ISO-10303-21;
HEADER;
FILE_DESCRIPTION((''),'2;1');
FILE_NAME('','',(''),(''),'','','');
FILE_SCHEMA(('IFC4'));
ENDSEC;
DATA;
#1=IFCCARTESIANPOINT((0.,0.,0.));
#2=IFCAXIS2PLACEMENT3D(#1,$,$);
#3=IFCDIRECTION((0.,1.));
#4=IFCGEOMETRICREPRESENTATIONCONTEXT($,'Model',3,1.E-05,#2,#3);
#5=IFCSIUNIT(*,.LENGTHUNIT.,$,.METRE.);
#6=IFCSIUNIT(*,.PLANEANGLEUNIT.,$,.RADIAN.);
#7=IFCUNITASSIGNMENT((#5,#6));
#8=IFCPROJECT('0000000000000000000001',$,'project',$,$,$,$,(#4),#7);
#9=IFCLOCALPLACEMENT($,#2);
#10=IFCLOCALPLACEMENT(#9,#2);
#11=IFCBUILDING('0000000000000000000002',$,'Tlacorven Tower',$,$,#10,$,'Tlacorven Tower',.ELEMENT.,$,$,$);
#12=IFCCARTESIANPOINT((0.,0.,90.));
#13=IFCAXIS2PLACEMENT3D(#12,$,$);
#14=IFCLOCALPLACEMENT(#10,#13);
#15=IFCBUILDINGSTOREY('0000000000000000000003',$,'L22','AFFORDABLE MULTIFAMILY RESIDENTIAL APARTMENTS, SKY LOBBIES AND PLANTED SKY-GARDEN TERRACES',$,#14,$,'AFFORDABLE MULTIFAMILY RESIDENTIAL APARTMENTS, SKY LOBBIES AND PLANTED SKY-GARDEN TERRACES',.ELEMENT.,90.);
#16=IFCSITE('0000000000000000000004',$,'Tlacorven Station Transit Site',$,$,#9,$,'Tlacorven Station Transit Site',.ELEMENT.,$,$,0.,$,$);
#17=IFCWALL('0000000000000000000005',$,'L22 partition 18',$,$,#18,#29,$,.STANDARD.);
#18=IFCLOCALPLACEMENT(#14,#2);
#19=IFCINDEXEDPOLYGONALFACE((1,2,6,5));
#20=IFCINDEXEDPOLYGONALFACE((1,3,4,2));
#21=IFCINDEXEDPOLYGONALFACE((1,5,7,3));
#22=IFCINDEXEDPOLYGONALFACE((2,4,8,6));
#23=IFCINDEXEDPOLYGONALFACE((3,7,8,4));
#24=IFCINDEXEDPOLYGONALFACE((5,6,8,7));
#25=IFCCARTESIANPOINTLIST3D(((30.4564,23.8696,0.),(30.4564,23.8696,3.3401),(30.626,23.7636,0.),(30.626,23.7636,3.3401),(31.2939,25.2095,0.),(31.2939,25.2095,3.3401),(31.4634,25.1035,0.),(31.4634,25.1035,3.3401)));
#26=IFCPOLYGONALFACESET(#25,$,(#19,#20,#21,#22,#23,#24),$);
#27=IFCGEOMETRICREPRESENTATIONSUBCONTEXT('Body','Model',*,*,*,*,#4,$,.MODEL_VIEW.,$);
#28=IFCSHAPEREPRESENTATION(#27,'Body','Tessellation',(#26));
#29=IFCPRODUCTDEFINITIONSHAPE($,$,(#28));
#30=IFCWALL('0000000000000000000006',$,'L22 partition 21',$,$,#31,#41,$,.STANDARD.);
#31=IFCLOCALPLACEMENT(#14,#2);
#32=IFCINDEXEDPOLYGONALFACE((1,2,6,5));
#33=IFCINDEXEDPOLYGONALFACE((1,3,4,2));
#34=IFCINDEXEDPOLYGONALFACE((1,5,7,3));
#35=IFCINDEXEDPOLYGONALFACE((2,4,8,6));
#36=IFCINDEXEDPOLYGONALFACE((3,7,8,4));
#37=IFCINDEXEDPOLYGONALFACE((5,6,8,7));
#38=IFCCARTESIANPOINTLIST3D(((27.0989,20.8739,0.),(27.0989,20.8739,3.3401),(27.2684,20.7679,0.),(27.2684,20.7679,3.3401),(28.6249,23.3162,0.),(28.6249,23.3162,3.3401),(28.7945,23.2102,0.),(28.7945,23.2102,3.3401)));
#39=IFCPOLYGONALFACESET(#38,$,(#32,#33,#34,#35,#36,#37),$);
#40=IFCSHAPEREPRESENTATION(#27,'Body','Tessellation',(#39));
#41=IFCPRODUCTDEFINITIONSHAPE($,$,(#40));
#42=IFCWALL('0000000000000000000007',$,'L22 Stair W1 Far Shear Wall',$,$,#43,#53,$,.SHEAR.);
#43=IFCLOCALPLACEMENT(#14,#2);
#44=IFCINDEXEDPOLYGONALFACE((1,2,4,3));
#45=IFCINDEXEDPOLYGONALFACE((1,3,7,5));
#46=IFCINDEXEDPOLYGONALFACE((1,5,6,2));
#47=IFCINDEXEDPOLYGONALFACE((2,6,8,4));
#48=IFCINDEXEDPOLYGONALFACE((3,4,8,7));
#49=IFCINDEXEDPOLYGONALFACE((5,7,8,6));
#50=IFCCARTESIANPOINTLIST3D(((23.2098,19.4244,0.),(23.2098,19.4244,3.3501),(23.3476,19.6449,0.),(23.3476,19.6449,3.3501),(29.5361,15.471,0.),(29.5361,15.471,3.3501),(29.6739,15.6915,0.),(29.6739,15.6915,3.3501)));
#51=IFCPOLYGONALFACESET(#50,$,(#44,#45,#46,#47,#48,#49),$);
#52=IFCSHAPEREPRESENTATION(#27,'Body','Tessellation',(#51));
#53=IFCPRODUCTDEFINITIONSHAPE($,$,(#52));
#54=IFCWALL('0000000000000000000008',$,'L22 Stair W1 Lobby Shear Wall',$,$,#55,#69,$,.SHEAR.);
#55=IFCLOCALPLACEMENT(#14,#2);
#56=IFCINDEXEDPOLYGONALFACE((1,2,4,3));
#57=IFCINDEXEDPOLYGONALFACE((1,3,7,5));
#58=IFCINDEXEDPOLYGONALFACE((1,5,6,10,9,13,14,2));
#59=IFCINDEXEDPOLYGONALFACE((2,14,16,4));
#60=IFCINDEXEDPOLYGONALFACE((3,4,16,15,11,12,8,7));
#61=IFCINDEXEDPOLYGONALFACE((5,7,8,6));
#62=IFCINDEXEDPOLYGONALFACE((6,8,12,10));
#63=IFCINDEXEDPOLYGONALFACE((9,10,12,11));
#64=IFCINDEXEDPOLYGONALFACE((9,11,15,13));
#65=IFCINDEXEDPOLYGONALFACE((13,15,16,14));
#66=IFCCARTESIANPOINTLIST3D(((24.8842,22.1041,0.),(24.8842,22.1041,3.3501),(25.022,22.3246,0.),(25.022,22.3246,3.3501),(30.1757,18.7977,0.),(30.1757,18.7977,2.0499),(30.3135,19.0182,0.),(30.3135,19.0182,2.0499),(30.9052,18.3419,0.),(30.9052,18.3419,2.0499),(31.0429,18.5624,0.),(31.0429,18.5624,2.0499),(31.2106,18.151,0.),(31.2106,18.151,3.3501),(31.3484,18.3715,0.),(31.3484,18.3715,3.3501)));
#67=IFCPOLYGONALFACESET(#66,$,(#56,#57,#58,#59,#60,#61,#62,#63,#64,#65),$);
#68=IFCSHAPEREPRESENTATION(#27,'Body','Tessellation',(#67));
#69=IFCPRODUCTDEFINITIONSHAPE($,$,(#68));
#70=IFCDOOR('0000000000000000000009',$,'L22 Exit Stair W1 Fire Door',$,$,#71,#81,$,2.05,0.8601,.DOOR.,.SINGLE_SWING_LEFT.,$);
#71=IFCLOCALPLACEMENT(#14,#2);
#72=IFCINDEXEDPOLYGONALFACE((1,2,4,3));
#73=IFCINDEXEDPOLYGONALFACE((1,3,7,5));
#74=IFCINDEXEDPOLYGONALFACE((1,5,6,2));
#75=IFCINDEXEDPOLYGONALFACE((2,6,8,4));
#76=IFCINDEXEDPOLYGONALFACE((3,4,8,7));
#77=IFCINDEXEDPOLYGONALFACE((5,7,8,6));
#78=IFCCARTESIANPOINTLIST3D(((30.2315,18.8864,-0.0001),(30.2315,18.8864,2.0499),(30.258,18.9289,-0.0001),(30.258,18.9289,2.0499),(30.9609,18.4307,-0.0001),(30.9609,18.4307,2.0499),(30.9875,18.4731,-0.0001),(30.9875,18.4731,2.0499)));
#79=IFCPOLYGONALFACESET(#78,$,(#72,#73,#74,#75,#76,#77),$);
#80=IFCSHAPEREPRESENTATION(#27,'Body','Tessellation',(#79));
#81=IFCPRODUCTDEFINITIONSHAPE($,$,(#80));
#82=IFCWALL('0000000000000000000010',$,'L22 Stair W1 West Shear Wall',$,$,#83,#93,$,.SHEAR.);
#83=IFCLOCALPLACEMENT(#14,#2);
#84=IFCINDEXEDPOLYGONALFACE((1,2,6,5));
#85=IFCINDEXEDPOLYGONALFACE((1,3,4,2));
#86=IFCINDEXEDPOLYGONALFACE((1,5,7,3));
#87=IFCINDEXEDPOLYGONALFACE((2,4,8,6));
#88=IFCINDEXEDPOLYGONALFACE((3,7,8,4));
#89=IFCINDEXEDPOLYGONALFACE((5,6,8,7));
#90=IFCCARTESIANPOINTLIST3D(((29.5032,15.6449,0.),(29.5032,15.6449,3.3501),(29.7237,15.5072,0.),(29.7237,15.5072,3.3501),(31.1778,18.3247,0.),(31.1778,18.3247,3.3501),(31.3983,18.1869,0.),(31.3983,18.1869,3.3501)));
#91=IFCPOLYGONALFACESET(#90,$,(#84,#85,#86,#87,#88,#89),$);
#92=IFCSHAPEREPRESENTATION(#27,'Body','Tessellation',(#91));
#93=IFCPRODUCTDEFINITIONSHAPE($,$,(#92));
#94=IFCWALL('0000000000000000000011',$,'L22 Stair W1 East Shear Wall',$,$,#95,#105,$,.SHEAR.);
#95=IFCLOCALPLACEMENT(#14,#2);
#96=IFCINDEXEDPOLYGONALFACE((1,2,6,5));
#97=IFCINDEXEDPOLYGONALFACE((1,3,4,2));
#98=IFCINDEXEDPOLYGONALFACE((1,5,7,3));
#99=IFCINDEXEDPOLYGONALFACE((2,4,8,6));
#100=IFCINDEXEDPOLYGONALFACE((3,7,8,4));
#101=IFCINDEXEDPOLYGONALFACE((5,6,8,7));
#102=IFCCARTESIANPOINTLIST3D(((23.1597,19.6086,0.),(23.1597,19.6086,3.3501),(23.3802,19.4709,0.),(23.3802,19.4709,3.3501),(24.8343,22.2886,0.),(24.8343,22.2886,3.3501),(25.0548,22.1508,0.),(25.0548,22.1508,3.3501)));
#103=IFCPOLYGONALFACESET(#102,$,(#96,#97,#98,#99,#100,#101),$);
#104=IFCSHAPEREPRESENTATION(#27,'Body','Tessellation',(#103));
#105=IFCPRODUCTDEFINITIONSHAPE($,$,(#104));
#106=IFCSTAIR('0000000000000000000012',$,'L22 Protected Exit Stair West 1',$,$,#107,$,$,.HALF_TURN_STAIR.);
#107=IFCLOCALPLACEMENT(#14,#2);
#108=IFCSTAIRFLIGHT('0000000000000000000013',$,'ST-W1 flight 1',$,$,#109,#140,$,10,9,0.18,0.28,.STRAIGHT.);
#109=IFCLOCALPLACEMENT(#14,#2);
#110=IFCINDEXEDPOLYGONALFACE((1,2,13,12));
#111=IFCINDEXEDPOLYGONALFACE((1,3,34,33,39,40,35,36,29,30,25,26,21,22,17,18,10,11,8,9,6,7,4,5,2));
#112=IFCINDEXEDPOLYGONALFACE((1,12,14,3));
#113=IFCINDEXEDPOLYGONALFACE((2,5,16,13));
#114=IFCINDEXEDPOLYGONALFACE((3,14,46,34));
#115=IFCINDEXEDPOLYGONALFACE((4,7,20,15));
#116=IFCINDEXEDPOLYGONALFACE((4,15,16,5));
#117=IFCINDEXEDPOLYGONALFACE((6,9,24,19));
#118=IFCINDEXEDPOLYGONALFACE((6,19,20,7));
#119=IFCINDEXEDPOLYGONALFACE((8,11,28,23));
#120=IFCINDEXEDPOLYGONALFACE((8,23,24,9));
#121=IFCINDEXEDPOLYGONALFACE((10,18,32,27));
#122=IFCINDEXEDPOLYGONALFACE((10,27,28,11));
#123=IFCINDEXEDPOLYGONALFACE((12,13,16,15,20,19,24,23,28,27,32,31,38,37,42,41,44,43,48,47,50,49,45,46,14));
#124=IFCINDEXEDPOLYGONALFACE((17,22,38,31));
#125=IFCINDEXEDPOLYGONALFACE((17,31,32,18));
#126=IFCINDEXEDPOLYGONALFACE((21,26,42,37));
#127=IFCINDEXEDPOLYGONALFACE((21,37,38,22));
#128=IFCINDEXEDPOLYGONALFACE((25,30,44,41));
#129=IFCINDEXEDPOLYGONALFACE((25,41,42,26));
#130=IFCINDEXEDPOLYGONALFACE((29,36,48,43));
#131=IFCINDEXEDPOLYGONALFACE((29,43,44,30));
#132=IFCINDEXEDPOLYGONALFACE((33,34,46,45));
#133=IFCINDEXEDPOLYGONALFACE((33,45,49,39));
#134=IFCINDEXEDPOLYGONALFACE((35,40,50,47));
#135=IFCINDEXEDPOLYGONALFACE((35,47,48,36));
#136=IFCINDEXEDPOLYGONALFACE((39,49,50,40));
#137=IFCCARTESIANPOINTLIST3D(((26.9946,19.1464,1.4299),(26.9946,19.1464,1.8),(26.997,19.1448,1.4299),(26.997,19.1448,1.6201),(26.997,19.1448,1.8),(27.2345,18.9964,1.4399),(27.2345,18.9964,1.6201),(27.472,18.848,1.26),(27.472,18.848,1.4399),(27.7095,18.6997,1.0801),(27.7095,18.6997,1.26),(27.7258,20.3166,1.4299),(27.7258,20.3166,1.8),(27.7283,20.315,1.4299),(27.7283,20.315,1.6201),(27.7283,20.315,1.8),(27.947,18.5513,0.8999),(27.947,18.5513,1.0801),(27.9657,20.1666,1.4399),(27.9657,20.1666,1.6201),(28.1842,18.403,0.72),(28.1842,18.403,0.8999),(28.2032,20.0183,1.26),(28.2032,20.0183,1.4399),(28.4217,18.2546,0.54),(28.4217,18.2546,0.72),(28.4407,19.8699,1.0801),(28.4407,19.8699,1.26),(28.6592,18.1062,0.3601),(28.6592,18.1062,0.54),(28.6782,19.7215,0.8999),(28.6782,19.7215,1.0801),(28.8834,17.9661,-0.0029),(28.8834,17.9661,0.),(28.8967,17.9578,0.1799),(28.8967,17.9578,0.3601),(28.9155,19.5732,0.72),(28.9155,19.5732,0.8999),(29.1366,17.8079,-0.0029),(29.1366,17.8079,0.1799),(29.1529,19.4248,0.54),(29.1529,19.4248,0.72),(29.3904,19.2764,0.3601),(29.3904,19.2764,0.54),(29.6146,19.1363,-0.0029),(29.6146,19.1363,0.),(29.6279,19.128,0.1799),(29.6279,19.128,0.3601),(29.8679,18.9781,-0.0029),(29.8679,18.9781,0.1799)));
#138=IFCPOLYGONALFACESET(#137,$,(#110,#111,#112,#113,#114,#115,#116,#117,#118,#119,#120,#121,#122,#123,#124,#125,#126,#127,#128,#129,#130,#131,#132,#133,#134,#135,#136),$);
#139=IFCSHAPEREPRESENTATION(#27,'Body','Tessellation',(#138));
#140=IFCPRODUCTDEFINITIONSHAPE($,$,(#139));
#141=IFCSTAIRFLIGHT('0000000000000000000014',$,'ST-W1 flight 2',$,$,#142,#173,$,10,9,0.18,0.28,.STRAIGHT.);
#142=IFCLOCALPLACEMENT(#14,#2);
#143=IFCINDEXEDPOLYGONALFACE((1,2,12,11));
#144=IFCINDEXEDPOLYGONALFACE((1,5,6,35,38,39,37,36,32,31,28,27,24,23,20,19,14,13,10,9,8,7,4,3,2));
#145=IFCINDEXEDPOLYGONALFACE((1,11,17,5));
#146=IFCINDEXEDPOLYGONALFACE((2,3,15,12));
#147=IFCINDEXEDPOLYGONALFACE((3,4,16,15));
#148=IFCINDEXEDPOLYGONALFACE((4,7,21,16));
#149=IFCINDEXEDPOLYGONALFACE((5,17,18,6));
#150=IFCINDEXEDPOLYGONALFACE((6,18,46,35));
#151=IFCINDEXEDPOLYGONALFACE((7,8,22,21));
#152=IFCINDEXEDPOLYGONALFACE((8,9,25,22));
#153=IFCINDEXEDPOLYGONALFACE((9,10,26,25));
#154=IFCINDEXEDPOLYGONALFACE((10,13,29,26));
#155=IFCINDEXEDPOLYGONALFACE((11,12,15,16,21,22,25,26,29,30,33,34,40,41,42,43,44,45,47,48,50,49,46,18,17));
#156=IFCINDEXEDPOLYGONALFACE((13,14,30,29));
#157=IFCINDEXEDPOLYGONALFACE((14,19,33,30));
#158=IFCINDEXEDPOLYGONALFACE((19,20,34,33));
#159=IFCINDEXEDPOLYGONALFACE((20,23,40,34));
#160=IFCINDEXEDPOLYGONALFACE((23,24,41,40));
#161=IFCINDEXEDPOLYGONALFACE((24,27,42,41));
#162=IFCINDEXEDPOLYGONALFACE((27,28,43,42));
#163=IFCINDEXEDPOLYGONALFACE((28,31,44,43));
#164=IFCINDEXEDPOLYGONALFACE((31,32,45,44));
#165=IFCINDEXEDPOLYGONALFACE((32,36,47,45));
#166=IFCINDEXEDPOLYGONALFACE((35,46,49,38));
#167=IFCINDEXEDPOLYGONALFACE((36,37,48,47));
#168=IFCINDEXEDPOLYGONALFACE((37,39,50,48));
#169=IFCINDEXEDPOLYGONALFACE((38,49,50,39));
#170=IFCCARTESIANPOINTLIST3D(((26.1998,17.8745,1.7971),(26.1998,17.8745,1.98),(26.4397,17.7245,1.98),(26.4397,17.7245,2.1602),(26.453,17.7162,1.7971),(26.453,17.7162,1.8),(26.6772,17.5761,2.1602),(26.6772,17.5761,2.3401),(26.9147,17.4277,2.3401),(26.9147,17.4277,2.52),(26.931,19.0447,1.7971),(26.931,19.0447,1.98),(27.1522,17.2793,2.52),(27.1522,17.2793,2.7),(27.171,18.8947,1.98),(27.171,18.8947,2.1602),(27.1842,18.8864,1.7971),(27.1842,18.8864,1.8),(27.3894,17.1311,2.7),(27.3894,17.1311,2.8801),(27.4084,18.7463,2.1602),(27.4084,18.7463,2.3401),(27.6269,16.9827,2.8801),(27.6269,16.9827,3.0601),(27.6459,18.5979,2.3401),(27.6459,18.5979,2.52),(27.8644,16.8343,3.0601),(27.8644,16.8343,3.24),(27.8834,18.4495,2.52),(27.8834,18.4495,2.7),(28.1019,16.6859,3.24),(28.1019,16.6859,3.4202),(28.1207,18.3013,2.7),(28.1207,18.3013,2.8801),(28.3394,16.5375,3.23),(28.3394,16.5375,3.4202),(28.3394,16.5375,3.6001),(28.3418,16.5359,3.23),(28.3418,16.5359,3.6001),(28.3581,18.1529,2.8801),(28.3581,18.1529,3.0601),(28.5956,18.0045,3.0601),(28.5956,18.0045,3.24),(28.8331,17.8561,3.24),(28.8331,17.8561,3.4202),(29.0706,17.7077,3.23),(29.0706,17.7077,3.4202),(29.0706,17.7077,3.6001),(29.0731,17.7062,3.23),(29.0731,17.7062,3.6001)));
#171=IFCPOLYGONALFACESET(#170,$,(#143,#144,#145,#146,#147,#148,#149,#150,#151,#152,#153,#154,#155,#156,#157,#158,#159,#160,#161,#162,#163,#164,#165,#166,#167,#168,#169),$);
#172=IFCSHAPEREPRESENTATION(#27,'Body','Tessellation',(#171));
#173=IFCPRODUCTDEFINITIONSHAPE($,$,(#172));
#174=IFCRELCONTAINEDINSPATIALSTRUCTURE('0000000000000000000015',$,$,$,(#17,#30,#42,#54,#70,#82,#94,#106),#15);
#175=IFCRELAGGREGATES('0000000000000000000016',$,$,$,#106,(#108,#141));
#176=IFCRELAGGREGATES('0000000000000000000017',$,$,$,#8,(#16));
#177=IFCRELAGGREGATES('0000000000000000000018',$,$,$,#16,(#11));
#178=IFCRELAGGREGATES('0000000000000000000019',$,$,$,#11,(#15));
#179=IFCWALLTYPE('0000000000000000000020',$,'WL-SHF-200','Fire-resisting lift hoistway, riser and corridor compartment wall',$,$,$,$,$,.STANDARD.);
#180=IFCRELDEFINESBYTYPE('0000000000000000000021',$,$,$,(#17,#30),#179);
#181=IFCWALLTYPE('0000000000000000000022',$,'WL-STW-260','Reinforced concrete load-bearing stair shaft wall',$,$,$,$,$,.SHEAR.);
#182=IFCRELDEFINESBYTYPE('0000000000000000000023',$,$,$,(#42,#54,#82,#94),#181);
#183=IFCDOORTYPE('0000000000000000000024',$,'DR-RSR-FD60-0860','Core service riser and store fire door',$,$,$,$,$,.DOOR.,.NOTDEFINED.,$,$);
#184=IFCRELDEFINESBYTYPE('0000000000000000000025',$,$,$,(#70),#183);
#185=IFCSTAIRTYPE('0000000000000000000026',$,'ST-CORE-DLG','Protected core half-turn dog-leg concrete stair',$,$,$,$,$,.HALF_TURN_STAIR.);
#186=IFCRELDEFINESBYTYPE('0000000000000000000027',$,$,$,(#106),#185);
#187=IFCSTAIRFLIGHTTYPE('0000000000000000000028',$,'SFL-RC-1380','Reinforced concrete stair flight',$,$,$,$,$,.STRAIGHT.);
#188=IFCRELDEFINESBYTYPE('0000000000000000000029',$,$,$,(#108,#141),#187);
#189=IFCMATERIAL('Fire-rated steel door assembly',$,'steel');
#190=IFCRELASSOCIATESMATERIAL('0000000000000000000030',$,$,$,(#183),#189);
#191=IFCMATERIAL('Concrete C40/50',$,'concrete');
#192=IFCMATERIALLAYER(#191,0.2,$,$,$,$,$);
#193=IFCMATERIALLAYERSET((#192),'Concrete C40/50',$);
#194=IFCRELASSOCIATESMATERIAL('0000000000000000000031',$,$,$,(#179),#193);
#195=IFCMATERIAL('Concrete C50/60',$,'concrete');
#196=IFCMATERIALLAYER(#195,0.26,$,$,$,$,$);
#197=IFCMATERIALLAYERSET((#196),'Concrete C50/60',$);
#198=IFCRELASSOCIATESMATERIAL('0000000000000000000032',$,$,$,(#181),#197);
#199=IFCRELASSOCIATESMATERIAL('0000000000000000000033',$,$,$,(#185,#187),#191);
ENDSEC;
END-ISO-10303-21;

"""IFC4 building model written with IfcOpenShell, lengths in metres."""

from ifc_helpers import new_model, si_unit, direction, frame, frame_2d, origin, place, context, subcontext, project, spatial, polyline, rectangle, outline, extrude, source, transform, mapped, material, layer, layer_set, type_object, element, fill, aggregate, save


model = new_model("IFC4")

# Units and contexts
model_context = context("Model", 3, precision=1e-05, world=origin(), true_north=direction((0.0, 1.0)))
body_context = subcontext(model_context, "Body", "Model", "MODEL_VIEW")
ifc_project = project(units=[si_unit("LENGTHUNIT", "METRE"), si_unit("PLANEANGLEUNIT", "RADIAN")], contexts=[model_context])

# Site, building, storey
site_placement = place(None, origin())
site = spatial("IfcSite", under=ifc_project, at=site_placement, Name="Tlacorven Station Transit Site", LongName="Tlacorven Station Transit Site", CompositionType="ELEMENT", RefElevation=0.0)
building_placement = place(site_placement, origin())
building = spatial("IfcBuilding", under=site, at=building_placement, Name="Tlacorven Tower", LongName="Tlacorven Tower", CompositionType="ELEMENT")
storey_placement = place(building_placement, frame((0.0, 0.0, 90.0)))
storey = spatial("IfcBuildingStorey", under=building, at=storey_placement, Name="L22", Description="AFFORDABLE MULTIFAMILY RESIDENTIAL APARTMENTS, SKY LOBBIES AND PLANTED SKY-GARDEN TERRACES", LongName="AFFORDABLE MULTIFAMILY RESIDENTIAL APARTMENTS, SKY LOBBIES AND PLANTED SKY-GARDEN TERRACES", CompositionType="ELEMENT", Elevation=90.0)

# Shared definitions
ifc_material_1 = material(Name="Fire-rated steel door assembly", Category="steel")
door_type_1 = type_object("IfcDoorType", Name="DR-RSR-FD60-0860", Description="Core service riser and store fire door", OperationType="NOTDEFINED", PredefinedType="DOOR", material=ifc_material_1)
shared_shape_1 = source(origin(), body_context, "Body", "SweptSolid", [
    extrude(rectangle(XDim=0.8601, YDim=2.05, at=frame_2d((0.4302, 1.0249))), frame((0.0, 0.0249, 0.0), z_axis=(0.0, -1.0, 0.0), x_axis=(1.0, 0.0, 0.0)), (0.0, 0.0, 1.0), 0.05),
])

# Walls
ifc_material_2 = material(Name="Concrete C40/50", Category="concrete")
ifc_layer_1 = layer(ifc_material_2, 0.2)
ifc_layer_set_1 = layer_set([ifc_layer_1], Name="Concrete C40/50")
wall_type_1 = type_object("IfcWallType", Name="WL-SHF-200", Description="Fire-resisting lift hoistway, riser and corridor compartment wall", PredefinedType="STANDARD", material=ifc_layer_set_1)
wall_1_placement = place(storey_placement, frame((31.3787, 25.1565, 0.0), z_axis=(0.0, 0.0, 1.0), x_axis=(-0.529999, -0.847998, 0.0)))
element("IfcWall", 1, at=wall_1_placement, inside=storey, type_object=wall_type_1, Name="L22 partition 18", PredefinedType="STANDARD", context=body_context, shape_type="SweptSolid", body=[
    extrude(rectangle(XDim=1.5801, YDim=0.2, at=frame_2d((0.79, 0.0))), origin(), (0.0, 0.0, 1.0), 3.3401),
])
wall_2_placement = place(storey_placement, frame((28.7097, 23.2632, 0.0), z_axis=(0.0, 0.0, 1.0), x_axis=(-0.529907, -0.848055, 0.0)))
element("IfcWall", 2, at=wall_2_placement, inside=storey, type_object=wall_type_1, Name="L22 partition 21", PredefinedType="STANDARD", context=body_context, shape_type="SweptSolid", body=[
    extrude(rectangle(XDim=2.8799, YDim=0.2, at=frame_2d((1.4399, 0.0))), origin(), (0.0, 0.0, 1.0), 3.3401),
])
ifc_material_3 = material(Name="Concrete C50/60", Category="concrete")
ifc_layer_2 = layer(ifc_material_3, 0.26)
ifc_layer_set_2 = layer_set([ifc_layer_2], Name="Concrete C50/60")
wall_type_2 = type_object("IfcWallType", Name="WL-STW-260", Description="Reinforced concrete load-bearing stair shaft wall", PredefinedType="SHEAR", material=ifc_layer_set_2)
wall_3_placement = place(storey_placement, frame((29.605, 15.5813, 0.0), z_axis=(0.0, 0.0, 1.0), x_axis=(-0.848037, 0.529937, 0.0)))
element("IfcWall", 3, at=wall_3_placement, inside=storey, type_object=wall_type_2, Name="L22 Stair W1 Far Shear Wall", PredefinedType="SHEAR", context=body_context, shape_type="SweptSolid", body=[
    extrude(rectangle(XDim=7.46, YDim=0.26, at=frame_2d((3.73, 0.0))), origin(), (0.0, 0.0, 1.0), 3.3501),
])

# Wall, opening, door
wall_4_placement = place(storey_placement, frame((31.2795, 18.2612, 0.0), z_axis=(0.0, 0.0, 1.0), x_axis=(-0.848052, 0.529914, 0.0)))
wall_4 = element("IfcWall", 4, at=wall_4_placement, inside=storey, type_object=wall_type_2, Name="L22 Stair W1 Lobby Shear Wall", PredefinedType="SHEAR", context=body_context, shape_type="SweptSolid", body=[
    extrude(rectangle(XDim=7.46, YDim=0.26, at=frame_2d((3.73, 0.0))), origin(), (0.0, 0.0, 1.0), 3.3501),
])
opening_1_placement = place(wall_4_placement, frame((0.3601, 0.0, 0.0)))
opening_1 = element("IfcOpeningElement", 5, at=opening_1_placement, cuts=wall_4, PredefinedType="OPENING", context=body_context, shape_type="SweptSolid", body=[
    extrude(rectangle(XDim=0.8601, YDim=2.05, at=frame_2d((0.4302, 1.0249))), frame((0.0, 0.1401, 0.0), z_axis=(0.0, -1.0, 0.0), x_axis=(1.0, 0.0, 0.0)), (0.0, 0.0, 1.0), 0.28),
])
door_1_placement = place(opening_1_placement, frame((0.8601, 0.0, 0.0), z_axis=(0.0, 0.0, 1.0), x_axis=(-1.0, 0.0, 0.0)))
door_1 = element("IfcDoor", 6, at=door_1_placement, inside=storey, type_object=door_type_1, Name="L22 Exit Stair W1 Fire Door", OperationType="SINGLE_SWING_LEFT", OverallHeight=2.05, OverallWidth=0.8601, PredefinedType="DOOR", context=body_context, shape_type="MappedRepresentation", body=[
    mapped(shared_shape_1, transform((0.0, 0.0, 0.0), scale=1.0)),
])
fill(opening_1, door_1)

# Walls
wall_5_placement = place(storey_placement, frame((31.2881, 18.2559, 0.0), z_axis=(0.0, 0.0, 1.0), x_axis=(-0.529943, -0.848033, 0.0)))
element("IfcWall", 7, at=wall_5_placement, inside=storey, type_object=wall_type_2, Name="L22 Stair W1 West Shear Wall", PredefinedType="SHEAR", context=body_context, shape_type="SweptSolid", body=[
    extrude(rectangle(XDim=3.1599, YDim=0.26, at=frame_2d((1.5801, 0.0))), origin(), (0.0, 0.0, 1.0), 3.3501),
])
wall_6_placement = place(storey_placement, frame((24.9446, 22.2197, 0.0), z_axis=(0.0, 0.0, 1.0), x_axis=(-0.529909, -0.848055, 0.0)))
element("IfcWall", 8, at=wall_6_placement, inside=storey, type_object=wall_type_2, Name="L22 Stair W1 East Shear Wall", PredefinedType="SHEAR", context=body_context, shape_type="SweptSolid", body=[
    extrude(rectangle(XDim=3.1602, YDim=0.26, at=frame_2d((1.5801, 0.0))), origin(), (0.0, 0.0, 1.0), 3.3501),
])

# Stair, stair flights
stair_type = type_object("IfcStairType", Name="ST-CORE-DLG", Description="Protected core half-turn dog-leg concrete stair", PredefinedType="HALF_TURN_STAIR", material=ifc_material_2)
stair_placement = place(storey_placement, origin())
stair = element("IfcStair", 9, at=stair_placement, inside=storey, type_object=stair_type, Name="L22 Protected Exit Stair West 1", PredefinedType="HALF_TURN_STAIR")
stair_flight_type = type_object("IfcStairFlightType", Name="SFL-RC-1380", Description="Reinforced concrete stair flight", PredefinedType="STRAIGHT", material=ifc_material_2)
shared_shape_2 = source(origin(), body_context, "Body", "SweptSolid", [
    extrude(outline(polyline([(-0.0029, -0.0029), (-0.0029, 0.1799), (0.28, 0.1799), (0.28, 0.3601), (0.5601, 0.3601), (0.5601, 0.54), (0.8401, 0.54), (0.8401, 0.72), (1.1201, 0.72), (1.1201, 0.8999), (1.3999, 0.8999), (1.3999, 1.0801), (1.6799, 1.0801), (1.6799, 1.26), (1.96, 1.26), (1.96, 1.4399), (2.24, 1.4399), (2.24, 1.6201), (2.52, 1.6201), (2.52, 1.8), (2.5229, 1.8), (2.5229, 1.4299), (2.52, 1.4299), (0.2957, 0.0), (0.2957, -0.0029), (-0.0029, -0.0029)])), frame((0.0, 0.6899, 0.0), z_axis=(0.0, -1.0, 0.0), x_axis=(1.0, 0.0, 0.0)), (0.0, 0.0, 1.0), 1.3799),
])
stair_flight_1_placement = place(storey_placement, frame((29.4998, 18.3945, 0.0), z_axis=(0.0, 0.0, 1.0), x_axis=(-0.848048, 0.529919, 0.0)))
stair_flight_1 = element("IfcStairFlight", 10, at=stair_flight_1_placement, type_object=stair_flight_type, Name="ST-W1 flight 1", NumberOfRisers=10, NumberOfTreads=9, PredefinedType="STRAIGHT", RiserHeight=0.18, TreadLength=0.28, context=body_context, shape_type="MappedRepresentation", body=[
    mapped(shared_shape_2, transform((0.0, 0.0, 0.0), scale=1.0)),
])
stair_flight_2_placement = place(storey_placement, frame((26.5679, 18.458, 1.8), z_axis=(0.0, 0.0, 1.0), x_axis=(0.848048, -0.529919, 0.0)))
stair_flight_2 = element("IfcStairFlight", 11, at=stair_flight_2_placement, type_object=stair_flight_type, Name="ST-W1 flight 2", NumberOfRisers=10, NumberOfTreads=9, PredefinedType="STRAIGHT", RiserHeight=0.18, TreadLength=0.28, context=body_context, shape_type="MappedRepresentation", body=[
    mapped(shared_shape_2, transform((0.0, 0.0, 0.0), scale=1.0)),
])
aggregate(stair, [stair_flight_1, stair_flight_2])

save(model, "model.ifc")
